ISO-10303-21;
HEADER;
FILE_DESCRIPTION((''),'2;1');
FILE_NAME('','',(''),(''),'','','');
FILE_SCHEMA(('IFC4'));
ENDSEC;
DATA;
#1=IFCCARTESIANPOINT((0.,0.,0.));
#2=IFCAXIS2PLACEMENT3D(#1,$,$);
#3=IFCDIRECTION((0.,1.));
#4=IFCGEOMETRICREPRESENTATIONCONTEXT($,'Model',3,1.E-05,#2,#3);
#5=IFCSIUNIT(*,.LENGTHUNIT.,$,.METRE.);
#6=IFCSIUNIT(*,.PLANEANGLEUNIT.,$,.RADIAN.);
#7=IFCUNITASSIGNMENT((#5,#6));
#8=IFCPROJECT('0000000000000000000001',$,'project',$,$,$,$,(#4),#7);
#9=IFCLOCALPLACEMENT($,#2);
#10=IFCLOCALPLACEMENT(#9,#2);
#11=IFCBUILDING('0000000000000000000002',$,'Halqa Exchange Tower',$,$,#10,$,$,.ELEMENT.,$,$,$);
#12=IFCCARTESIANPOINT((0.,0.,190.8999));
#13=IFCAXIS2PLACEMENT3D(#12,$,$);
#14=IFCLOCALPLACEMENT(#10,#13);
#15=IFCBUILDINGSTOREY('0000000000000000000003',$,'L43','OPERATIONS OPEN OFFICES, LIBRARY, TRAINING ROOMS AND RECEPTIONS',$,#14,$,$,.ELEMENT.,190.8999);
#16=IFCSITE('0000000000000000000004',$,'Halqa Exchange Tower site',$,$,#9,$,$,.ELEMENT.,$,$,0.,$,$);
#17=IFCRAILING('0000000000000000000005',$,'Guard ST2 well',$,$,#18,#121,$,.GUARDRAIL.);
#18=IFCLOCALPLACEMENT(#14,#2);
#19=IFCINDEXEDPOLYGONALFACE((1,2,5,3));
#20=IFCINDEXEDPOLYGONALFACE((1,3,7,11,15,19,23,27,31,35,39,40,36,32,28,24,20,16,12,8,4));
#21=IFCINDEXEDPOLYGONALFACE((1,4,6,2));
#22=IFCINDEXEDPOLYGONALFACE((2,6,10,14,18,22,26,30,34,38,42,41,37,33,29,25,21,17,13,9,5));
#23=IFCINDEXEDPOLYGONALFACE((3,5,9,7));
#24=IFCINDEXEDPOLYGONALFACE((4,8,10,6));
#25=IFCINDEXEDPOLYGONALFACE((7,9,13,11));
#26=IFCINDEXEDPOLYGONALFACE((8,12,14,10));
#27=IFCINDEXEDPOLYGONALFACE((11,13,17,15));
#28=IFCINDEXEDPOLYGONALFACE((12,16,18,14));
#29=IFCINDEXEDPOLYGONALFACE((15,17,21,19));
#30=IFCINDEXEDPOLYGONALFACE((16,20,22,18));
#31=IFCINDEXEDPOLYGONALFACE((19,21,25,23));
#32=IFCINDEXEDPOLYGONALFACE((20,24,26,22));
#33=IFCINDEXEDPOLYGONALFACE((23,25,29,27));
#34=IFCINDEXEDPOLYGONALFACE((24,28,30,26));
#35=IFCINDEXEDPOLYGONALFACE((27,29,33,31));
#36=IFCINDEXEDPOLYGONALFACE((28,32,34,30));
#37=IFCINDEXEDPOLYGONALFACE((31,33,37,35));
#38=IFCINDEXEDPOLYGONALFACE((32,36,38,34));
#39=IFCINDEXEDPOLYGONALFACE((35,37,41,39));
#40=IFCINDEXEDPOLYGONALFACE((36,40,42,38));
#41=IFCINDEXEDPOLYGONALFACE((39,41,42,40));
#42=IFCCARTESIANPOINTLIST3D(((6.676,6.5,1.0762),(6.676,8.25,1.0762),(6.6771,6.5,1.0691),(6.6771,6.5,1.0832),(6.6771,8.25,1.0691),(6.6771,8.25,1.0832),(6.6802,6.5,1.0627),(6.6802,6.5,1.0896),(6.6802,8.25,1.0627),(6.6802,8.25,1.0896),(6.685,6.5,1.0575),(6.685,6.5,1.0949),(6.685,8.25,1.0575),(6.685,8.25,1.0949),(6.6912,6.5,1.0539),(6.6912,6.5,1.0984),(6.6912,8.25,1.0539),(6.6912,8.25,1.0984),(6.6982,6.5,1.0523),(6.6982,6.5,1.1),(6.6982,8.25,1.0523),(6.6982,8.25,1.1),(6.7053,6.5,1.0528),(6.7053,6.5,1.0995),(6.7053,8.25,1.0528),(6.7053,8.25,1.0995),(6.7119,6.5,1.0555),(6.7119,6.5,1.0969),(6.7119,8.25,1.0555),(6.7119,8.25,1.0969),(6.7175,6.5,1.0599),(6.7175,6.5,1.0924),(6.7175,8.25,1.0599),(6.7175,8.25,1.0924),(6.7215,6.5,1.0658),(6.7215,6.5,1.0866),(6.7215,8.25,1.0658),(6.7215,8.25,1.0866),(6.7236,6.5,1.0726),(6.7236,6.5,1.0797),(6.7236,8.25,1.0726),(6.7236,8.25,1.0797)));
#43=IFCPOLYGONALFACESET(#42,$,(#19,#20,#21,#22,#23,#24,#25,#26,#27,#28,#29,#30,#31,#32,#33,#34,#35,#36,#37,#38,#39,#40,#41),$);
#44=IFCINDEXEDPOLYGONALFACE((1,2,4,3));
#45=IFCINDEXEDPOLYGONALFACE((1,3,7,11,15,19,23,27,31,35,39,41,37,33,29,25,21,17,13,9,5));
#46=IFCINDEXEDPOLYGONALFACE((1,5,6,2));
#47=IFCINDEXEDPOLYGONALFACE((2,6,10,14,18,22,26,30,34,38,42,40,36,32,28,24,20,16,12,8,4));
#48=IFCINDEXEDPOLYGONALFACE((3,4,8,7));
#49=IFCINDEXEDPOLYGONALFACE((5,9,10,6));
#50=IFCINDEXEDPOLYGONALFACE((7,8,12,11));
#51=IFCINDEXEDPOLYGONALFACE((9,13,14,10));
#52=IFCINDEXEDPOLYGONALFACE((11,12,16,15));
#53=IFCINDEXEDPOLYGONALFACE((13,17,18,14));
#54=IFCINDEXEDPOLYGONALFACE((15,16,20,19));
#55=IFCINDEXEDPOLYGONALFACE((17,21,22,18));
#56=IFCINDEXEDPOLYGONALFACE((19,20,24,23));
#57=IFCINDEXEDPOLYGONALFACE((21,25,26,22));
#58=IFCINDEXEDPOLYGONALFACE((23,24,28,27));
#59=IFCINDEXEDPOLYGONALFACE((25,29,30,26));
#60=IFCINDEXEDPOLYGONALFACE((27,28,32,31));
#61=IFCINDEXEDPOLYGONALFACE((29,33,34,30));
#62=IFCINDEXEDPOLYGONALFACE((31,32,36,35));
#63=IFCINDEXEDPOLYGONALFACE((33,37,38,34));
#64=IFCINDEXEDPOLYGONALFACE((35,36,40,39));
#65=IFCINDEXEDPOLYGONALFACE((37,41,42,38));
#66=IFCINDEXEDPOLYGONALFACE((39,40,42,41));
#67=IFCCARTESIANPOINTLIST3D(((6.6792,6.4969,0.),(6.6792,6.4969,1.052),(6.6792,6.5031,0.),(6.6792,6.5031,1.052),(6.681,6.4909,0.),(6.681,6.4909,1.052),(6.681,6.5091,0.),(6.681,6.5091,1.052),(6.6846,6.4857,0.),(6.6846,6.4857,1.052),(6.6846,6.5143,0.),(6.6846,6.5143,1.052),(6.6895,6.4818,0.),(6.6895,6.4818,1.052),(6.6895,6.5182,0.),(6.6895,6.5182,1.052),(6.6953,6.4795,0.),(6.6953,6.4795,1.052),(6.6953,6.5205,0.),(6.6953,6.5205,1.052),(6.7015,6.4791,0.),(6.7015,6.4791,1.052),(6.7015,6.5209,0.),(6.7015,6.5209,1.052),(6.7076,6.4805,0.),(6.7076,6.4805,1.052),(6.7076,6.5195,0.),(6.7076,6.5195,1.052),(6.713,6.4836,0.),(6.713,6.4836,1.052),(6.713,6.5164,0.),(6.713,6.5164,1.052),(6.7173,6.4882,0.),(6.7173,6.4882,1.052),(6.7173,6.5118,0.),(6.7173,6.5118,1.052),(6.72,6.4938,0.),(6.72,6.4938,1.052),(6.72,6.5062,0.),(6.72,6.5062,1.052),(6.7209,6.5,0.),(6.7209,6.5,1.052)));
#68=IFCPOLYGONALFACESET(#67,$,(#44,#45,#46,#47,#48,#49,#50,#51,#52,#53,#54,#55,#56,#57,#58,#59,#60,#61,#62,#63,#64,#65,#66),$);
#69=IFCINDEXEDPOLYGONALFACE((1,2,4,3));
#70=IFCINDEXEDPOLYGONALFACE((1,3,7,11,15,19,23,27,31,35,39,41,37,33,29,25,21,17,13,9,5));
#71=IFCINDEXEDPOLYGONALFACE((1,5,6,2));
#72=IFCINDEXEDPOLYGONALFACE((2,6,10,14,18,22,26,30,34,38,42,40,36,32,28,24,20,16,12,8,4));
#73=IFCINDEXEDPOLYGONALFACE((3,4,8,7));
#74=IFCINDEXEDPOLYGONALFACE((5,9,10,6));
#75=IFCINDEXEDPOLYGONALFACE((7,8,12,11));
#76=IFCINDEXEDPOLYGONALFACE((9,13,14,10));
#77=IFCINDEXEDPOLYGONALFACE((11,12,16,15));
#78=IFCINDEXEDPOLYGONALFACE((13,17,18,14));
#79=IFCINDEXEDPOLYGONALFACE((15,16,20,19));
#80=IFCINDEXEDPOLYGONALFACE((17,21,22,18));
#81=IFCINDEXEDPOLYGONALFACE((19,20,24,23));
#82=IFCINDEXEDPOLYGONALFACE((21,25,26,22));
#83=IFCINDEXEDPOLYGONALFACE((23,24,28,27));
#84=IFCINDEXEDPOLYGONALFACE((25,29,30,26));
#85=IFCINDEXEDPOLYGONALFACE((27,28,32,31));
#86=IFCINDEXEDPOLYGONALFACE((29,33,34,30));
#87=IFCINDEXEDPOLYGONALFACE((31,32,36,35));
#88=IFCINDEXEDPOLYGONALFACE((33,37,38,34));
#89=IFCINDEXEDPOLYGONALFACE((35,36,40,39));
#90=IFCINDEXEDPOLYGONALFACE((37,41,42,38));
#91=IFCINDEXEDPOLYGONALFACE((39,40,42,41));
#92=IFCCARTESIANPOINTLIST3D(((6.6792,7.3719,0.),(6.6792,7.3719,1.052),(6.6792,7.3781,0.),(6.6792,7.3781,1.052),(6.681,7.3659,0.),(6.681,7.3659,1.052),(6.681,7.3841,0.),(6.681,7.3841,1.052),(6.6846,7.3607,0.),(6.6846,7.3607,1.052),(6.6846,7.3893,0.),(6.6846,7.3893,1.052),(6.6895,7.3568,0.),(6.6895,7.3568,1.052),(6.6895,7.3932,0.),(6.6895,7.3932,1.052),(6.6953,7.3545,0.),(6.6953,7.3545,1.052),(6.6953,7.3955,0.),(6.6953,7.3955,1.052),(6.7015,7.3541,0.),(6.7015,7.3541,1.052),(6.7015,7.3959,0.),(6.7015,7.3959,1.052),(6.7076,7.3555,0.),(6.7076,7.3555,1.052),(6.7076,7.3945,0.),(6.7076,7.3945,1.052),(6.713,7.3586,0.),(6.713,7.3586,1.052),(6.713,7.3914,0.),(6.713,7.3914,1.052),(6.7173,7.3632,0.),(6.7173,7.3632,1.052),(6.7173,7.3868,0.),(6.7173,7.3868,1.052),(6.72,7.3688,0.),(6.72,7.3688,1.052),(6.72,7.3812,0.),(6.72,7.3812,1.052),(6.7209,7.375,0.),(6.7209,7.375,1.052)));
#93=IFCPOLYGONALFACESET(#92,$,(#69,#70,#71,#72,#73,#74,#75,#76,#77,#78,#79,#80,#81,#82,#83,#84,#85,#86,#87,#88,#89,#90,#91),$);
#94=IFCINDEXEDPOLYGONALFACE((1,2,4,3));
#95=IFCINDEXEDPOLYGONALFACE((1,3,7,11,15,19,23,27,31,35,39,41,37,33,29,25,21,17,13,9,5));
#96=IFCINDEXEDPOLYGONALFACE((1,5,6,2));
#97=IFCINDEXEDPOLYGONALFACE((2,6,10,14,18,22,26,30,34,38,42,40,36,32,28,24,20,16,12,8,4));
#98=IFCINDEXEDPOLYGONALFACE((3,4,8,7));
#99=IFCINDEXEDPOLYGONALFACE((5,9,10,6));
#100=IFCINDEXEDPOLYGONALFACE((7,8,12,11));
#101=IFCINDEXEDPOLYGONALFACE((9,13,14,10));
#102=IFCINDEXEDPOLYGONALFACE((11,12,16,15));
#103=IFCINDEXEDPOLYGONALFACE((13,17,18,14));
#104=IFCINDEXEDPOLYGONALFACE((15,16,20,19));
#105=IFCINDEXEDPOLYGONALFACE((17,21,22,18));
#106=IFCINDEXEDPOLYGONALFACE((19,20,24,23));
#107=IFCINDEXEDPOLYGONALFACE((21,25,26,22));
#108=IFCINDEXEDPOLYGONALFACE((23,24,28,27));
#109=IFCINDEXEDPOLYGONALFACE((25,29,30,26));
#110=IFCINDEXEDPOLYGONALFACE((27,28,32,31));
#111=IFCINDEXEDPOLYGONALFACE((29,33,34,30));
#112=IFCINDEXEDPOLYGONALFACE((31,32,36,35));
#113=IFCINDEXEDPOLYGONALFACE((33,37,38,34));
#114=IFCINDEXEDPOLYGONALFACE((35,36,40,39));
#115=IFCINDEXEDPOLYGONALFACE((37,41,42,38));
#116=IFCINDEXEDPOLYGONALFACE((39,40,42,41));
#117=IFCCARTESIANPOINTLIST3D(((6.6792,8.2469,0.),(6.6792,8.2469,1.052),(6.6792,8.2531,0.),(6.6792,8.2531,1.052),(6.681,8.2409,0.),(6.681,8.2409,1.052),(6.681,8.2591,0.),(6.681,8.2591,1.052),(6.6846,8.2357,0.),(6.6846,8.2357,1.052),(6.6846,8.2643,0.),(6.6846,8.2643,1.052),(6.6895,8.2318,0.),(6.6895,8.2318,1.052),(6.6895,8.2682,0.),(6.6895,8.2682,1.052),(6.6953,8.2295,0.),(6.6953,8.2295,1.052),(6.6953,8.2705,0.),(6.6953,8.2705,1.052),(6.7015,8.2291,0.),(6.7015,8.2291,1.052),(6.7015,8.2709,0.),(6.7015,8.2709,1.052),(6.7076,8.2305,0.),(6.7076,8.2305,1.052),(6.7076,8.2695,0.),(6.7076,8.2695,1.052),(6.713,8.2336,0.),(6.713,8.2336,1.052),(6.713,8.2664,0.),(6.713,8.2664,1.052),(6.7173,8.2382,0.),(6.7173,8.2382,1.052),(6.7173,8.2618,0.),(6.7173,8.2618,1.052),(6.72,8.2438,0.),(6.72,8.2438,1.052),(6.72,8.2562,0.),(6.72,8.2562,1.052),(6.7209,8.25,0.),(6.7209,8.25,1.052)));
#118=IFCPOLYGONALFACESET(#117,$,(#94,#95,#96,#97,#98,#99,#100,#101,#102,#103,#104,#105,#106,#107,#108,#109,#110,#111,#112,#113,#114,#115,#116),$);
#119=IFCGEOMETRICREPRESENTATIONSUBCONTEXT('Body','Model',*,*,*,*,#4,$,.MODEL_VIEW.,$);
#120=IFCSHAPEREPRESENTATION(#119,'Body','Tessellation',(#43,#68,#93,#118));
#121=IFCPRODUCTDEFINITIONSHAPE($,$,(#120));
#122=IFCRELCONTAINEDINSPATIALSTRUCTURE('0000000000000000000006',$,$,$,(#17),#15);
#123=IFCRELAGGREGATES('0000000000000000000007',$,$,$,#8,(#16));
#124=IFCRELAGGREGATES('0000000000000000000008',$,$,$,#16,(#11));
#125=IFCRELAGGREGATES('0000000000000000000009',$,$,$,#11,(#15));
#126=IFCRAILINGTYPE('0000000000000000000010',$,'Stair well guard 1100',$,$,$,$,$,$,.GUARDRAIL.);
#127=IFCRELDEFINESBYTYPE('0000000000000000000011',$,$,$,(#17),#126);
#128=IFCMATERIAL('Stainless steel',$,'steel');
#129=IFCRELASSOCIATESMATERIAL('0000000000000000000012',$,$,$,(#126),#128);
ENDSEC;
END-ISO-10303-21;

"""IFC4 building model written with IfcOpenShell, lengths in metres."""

from ifc_helpers import new_model, si_unit, direction, frame, origin, origin_2d, place, context, subcontext, project, spatial, circle, extrude, material, type_object, element, save


model = new_model("IFC4")

# Units and contexts
model_context = context("Model", 3, precision=1e-05, world=origin(), true_north=direction((0.0, 1.0)))
body_context = subcontext(model_context, "Body", "Model", "MODEL_VIEW")
ifc_project = project(units=[si_unit("LENGTHUNIT", "METRE"), si_unit("PLANEANGLEUNIT", "RADIAN")], contexts=[model_context])

# Site, building, storey
site_placement = place(None, origin())
site = spatial("IfcSite", under=ifc_project, at=site_placement, Name="Halqa Exchange Tower site", CompositionType="ELEMENT", RefElevation=0.0)
building_placement = place(site_placement, origin())
building = spatial("IfcBuilding", under=site, at=building_placement, Name="Halqa Exchange Tower", CompositionType="ELEMENT")
storey_placement = place(building_placement, frame((0.0, 0.0, 190.8999)))
storey = spatial("IfcBuildingStorey", under=building, at=storey_placement, Name="L43", Description="OPERATIONS OPEN OFFICES, LIBRARY, TRAINING ROOMS AND RECEPTIONS", CompositionType="ELEMENT", Elevation=190.8999)

# Railing
ifc_material_1 = material(Name="Stainless steel", Category="steel")
railing_type_1 = type_object("IfcRailingType", Name="Stair well guard 1100", PredefinedType="GUARDRAIL", material=ifc_material_1)
railing_1_placement = place(storey_placement, frame((6.7, 6.5, 0.0)))
element("IfcRailing", 1, at=railing_1_placement, inside=storey, type_object=railing_type_1, Name="Guard ST2 well", PredefinedType="GUARDRAIL", context=body_context, shape_type="SweptSolid", body=[
    extrude(circle(Radius=0.0239, at=origin_2d()), frame((0.0, 0.0, 1.0762), z_axis=(0.0, 1.0, 0.0), x_axis=(-1.0, 0.0, 0.0)), (0.0, 0.0, 1.0), 1.75),
    extrude(circle(Radius=0.021, at=origin_2d()), origin(), (0.0, 0.0, 1.0), 1.052),
    extrude(circle(Radius=0.021, at=origin_2d()), frame((0.0, 0.875, 0.0)), (0.0, 0.0, 1.0), 1.052),
    extrude(circle(Radius=0.021, at=origin_2d()), frame((0.0, 1.75, 0.0)), (0.0, 0.0, 1.0), 1.052),
])

save(model, "model.ifc")
